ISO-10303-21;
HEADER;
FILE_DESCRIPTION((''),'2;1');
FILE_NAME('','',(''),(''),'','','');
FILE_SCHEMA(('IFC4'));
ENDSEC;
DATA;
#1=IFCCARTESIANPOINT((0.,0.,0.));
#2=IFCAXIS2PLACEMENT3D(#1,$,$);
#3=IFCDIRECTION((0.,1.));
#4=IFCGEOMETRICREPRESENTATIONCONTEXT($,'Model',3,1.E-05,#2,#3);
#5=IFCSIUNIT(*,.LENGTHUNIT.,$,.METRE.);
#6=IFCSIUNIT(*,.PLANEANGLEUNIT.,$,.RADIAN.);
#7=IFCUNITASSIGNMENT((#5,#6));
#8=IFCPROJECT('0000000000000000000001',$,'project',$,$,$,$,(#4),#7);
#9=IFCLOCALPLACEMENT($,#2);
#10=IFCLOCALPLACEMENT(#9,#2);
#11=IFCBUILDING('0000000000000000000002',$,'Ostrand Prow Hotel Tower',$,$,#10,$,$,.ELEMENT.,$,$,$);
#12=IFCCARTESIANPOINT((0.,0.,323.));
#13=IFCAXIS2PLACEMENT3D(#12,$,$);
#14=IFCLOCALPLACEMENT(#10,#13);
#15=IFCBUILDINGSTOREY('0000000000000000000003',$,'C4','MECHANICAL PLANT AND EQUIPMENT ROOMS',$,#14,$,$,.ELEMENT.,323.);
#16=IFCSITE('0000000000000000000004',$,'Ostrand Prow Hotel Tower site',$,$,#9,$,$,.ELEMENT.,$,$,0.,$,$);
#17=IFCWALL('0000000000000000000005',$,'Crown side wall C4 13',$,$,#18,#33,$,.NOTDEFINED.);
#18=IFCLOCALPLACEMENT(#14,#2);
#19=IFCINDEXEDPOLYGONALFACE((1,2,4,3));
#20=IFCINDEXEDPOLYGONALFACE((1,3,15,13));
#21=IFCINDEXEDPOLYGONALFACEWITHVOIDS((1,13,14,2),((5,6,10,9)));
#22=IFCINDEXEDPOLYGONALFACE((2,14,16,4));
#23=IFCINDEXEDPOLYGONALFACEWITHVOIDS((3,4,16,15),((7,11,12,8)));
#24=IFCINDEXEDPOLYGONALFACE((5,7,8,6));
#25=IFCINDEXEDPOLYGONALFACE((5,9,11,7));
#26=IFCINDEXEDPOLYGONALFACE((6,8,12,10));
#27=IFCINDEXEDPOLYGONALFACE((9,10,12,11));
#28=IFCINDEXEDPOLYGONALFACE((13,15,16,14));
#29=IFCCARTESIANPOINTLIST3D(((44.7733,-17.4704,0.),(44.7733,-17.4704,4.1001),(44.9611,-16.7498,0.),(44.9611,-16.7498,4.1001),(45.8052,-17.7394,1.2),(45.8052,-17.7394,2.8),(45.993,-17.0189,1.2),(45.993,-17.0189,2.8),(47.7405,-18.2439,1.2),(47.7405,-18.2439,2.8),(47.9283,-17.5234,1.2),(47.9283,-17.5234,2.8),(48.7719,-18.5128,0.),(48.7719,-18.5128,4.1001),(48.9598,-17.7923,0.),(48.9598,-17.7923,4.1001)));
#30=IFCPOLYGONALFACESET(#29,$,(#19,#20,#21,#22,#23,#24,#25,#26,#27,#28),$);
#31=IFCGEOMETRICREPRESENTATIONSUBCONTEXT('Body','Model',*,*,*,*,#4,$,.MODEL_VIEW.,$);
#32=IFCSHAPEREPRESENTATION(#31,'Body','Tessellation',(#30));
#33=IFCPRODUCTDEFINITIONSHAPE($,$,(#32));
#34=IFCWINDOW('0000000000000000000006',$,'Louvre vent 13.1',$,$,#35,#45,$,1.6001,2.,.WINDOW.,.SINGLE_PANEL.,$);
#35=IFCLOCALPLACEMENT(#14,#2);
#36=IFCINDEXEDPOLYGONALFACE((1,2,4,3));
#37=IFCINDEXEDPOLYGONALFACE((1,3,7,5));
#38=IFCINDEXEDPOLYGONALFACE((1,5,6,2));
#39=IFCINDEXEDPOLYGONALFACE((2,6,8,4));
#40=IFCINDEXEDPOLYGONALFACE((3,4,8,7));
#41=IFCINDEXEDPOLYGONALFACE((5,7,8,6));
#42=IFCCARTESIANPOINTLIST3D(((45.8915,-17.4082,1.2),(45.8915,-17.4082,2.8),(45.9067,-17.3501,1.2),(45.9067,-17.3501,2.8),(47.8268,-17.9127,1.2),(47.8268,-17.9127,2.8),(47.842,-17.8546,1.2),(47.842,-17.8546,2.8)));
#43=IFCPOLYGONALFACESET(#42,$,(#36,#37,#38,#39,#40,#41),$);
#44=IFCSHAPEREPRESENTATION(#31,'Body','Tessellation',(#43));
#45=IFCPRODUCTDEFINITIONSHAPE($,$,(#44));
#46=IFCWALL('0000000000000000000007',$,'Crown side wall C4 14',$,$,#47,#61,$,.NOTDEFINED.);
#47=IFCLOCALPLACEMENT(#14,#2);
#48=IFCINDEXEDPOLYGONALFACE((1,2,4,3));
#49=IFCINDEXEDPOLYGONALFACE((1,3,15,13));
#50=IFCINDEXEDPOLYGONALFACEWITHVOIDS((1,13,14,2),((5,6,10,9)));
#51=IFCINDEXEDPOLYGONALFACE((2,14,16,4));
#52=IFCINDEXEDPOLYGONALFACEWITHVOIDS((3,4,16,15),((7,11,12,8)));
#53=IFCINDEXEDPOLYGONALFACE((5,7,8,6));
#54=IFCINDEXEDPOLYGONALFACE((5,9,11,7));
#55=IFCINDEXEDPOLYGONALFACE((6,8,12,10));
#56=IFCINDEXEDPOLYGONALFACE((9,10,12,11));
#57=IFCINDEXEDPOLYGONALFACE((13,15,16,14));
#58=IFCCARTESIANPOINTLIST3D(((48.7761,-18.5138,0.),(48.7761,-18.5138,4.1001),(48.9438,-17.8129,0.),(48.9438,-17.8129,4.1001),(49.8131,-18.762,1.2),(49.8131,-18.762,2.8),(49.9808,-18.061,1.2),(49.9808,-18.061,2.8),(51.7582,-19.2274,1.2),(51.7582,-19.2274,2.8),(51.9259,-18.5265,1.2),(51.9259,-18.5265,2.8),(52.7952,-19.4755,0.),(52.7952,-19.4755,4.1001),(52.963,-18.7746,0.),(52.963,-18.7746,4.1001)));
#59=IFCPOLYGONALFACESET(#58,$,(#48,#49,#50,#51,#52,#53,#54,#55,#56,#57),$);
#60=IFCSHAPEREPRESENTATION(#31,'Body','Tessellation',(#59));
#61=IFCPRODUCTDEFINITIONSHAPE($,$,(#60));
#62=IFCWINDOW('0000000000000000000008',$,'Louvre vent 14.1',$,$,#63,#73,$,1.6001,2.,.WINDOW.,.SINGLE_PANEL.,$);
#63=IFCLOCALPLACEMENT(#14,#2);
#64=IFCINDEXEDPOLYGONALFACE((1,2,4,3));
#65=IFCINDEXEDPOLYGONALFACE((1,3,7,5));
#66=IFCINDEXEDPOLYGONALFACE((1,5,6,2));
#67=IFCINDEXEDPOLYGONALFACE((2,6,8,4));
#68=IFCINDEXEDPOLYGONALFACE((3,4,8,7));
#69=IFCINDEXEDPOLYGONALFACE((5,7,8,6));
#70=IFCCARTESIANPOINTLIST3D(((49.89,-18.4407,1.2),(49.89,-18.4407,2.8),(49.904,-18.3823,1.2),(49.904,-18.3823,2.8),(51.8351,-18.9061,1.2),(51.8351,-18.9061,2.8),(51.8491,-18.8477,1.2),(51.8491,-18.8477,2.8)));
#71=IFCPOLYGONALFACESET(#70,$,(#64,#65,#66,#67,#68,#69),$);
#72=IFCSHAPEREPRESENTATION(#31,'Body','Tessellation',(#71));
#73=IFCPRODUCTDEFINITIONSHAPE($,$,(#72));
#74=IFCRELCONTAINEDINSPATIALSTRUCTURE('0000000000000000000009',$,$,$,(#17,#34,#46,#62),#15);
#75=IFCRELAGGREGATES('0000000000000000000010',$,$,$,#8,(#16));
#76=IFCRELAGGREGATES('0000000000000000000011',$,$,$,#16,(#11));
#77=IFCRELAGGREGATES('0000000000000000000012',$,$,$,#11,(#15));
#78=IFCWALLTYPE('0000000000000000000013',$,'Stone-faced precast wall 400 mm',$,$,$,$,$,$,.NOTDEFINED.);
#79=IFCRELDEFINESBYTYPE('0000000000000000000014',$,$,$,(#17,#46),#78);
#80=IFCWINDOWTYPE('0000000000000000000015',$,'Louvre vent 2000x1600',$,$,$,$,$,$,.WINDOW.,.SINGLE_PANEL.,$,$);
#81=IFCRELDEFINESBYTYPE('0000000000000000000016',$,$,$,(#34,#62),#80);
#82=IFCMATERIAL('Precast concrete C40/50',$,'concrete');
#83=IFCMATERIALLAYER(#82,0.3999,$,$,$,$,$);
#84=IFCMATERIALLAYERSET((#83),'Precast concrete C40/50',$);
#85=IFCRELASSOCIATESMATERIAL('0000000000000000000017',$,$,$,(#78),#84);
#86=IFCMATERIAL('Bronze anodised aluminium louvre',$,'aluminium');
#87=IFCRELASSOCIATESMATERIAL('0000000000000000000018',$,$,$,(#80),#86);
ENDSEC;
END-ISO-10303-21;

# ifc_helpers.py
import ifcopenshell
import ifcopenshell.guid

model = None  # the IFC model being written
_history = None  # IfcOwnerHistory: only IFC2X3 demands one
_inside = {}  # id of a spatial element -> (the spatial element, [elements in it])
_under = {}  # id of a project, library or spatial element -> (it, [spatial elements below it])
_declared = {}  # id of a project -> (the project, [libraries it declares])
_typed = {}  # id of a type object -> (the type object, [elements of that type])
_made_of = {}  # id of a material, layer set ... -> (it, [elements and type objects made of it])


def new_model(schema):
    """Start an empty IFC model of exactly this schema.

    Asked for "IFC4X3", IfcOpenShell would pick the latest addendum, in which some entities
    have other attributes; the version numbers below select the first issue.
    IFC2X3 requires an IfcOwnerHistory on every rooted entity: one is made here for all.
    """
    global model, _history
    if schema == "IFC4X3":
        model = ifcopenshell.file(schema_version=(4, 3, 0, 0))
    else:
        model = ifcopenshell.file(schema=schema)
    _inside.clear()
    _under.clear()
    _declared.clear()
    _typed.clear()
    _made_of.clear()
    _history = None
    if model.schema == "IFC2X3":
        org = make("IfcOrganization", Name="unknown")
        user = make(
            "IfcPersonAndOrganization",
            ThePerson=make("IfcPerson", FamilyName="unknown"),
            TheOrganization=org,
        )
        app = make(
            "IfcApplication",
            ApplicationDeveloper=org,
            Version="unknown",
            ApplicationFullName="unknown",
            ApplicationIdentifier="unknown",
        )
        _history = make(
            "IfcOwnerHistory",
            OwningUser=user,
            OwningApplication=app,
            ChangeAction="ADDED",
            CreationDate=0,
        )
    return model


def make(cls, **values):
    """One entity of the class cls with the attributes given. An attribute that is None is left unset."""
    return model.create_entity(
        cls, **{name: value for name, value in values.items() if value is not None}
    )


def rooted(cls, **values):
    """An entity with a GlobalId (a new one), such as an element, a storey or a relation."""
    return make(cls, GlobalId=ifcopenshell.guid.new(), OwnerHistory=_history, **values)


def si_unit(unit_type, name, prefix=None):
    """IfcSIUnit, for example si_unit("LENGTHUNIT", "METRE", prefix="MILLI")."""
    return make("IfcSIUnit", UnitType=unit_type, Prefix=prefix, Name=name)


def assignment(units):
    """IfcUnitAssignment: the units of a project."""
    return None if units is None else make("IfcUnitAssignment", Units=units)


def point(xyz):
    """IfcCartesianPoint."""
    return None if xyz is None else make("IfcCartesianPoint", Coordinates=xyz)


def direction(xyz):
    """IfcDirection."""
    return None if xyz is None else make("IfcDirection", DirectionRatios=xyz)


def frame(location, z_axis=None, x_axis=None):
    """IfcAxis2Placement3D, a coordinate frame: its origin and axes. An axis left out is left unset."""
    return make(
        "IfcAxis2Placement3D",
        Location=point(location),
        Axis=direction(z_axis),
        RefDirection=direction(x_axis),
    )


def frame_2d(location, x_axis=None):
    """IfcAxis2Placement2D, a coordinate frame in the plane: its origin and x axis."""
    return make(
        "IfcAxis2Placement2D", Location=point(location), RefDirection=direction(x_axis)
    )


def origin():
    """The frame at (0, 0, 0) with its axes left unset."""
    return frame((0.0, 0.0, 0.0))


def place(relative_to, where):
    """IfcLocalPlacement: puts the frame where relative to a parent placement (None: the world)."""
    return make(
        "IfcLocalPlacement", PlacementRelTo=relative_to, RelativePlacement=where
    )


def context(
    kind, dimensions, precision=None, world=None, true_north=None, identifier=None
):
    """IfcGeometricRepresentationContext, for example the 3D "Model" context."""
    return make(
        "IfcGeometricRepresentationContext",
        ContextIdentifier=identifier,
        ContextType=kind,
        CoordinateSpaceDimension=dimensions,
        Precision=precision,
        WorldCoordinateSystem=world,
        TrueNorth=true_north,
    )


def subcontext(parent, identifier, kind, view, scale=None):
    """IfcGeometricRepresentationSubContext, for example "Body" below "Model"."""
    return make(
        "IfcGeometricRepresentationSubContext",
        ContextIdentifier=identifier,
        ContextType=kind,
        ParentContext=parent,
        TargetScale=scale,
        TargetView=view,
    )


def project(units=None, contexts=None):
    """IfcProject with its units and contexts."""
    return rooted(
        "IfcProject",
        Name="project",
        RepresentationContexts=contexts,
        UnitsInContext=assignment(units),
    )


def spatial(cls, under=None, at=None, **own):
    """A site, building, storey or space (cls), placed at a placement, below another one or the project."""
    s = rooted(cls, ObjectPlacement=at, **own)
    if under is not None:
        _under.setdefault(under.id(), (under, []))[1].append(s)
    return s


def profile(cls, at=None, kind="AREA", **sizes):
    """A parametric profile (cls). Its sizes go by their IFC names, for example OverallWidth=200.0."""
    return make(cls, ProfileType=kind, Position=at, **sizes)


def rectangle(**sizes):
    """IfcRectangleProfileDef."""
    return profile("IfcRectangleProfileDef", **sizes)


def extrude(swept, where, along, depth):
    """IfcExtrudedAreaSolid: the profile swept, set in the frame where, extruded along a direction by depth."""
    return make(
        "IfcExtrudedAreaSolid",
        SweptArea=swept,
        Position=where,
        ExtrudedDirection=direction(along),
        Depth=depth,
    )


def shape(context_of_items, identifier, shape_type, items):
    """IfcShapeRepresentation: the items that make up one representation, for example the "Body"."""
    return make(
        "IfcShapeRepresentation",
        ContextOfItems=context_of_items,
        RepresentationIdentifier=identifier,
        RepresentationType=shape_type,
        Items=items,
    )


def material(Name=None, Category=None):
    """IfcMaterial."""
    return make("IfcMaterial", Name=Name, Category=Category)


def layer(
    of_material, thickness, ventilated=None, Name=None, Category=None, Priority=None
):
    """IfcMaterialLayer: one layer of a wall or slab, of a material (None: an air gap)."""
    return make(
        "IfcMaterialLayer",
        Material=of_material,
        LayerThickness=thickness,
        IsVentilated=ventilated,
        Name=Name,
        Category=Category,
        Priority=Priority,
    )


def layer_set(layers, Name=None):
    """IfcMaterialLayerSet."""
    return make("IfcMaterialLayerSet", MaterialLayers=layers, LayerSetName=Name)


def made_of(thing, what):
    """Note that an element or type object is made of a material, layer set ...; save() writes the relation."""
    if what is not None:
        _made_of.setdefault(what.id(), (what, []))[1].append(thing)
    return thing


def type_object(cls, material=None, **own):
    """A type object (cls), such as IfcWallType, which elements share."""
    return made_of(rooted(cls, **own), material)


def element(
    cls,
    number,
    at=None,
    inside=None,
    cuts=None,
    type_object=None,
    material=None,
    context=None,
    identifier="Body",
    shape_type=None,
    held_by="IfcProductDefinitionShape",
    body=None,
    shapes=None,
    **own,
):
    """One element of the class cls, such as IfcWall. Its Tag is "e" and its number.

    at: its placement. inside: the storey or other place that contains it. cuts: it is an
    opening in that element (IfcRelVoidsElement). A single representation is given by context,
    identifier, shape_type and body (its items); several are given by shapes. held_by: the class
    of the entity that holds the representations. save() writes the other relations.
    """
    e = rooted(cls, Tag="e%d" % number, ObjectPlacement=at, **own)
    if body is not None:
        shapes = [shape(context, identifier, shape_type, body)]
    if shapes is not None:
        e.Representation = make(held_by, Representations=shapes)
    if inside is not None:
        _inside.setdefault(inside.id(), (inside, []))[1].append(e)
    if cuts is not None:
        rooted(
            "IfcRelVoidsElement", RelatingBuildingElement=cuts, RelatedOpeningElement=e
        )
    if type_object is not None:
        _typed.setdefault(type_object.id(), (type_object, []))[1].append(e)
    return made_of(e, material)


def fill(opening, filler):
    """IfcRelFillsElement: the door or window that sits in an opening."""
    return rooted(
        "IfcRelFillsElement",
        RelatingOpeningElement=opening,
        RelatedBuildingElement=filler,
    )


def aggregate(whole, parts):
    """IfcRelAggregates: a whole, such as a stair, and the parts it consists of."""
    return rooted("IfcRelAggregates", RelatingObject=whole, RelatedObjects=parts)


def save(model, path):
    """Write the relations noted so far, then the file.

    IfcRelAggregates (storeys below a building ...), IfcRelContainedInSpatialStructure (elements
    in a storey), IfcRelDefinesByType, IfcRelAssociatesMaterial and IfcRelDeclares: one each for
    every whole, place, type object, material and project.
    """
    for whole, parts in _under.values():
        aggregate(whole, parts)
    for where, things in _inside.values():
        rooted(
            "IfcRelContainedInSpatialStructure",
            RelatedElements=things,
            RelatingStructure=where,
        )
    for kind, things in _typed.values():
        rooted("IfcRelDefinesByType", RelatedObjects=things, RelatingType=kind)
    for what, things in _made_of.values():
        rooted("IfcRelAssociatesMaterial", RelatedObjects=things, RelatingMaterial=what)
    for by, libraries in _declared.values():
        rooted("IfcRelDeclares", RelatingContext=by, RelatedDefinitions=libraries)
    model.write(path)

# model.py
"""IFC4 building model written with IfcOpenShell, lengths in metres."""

from ifc_helpers import new_model, si_unit, direction, frame, frame_2d, origin, place, context, subcontext, project, spatial, rectangle, extrude, material, layer, layer_set, type_object, element, fill, save


model = new_model("IFC4")

# Units and contexts
model_context = context("Model", 3, precision=1e-05, world=origin(), true_north=direction((0.0, 1.0)))
body_context = subcontext(model_context, "Body", "Model", "MODEL_VIEW")
ifc_project = project(units=[si_unit("LENGTHUNIT", "METRE"), si_unit("PLANEANGLEUNIT", "RADIAN")], contexts=[model_context])

# Site, building, storey
site_placement = place(None, origin())
site = spatial("IfcSite", under=ifc_project, at=site_placement, Name="Ostrand Prow Hotel Tower site", CompositionType="ELEMENT", RefElevation=0.0)
building_placement = place(site_placement, origin())
building = spatial("IfcBuilding", under=site, at=building_placement, Name="Ostrand Prow Hotel Tower", CompositionType="ELEMENT")
storey_placement = place(building_placement, frame((0.0, 0.0, 323.0)))
storey = spatial("IfcBuildingStorey", under=building, at=storey_placement, Name="C4", Description="MECHANICAL PLANT AND EQUIPMENT ROOMS", CompositionType="ELEMENT", Elevation=323.0)

# Walls, openings, windows
ifc_material_1 = material(Name="Precast concrete C40/50", Category="concrete")
ifc_layer_1 = layer(ifc_material_1, 0.3999)
ifc_layer_set_1 = layer_set([ifc_layer_1], Name="Precast concrete C40/50")
wall_type_1 = type_object("IfcWallType", Name="Stone-faced precast wall 400 mm", PredefinedType="NOTDEFINED", material=ifc_layer_set_1)
ifc_material_2 = material(Name="Bronze anodised aluminium louvre", Category="aluminium")
window_type = type_object("IfcWindowType", Name="Louvre vent 2000x1600", PartitioningType="SINGLE_PANEL", PredefinedType="WINDOW", material=ifc_material_2)
wall_1_placement = place(storey_placement, frame((44.8672, -17.1101, 0.0), z_axis=(0.0, 0.0, 1.0), x_axis=(0.967657, -0.252268, 0.0)))
wall_1 = element("IfcWall", 1, at=wall_1_placement, inside=storey, type_object=wall_type_1, Name="Crown side wall C4 13", PredefinedType="NOTDEFINED", context=body_context, shape_type="SweptSolid", body=[
    extrude(rectangle(XDim=4.1323, YDim=0.7446, at=frame_2d((2.0662, 0.0))), origin(), (0.0, 0.0, 1.0), 4.1001),
])
opening_1_placement = place(wall_1_placement, frame((1.0664, 0.0, 1.2)))
opening_1 = element("IfcOpeningElement", 2, at=opening_1_placement, cuts=wall_1, PredefinedType="OPENING", context=body_context, shape_type="SweptSolid", body=[
    extrude(rectangle(XDim=2.0, YDim=1.6001, at=frame_2d((1.0, 0.8))), frame((0.0, 0.3823, 0.0), z_axis=(0.0, -1.0, 0.0), x_axis=(1.0, 0.0, 0.0)), (0.0, 0.0, 1.0), 0.7646),
])
window_1_placement = place(opening_1_placement, origin())
window_1 = element("IfcWindow", 3, at=window_1_placement, inside=storey, type_object=window_type, Name="Louvre vent 13.1", OverallHeight=1.6001, OverallWidth=2.0, PartitioningType="SINGLE_PANEL", PredefinedType="WINDOW", context=body_context, shape_type="SweptSolid", body=[
    extrude(rectangle(XDim=2.0, YDim=1.6001, at=frame_2d((1.0, 0.8))), frame((0.0, 0.03, 0.0), z_axis=(0.0, -1.0, 0.0), x_axis=(1.0, 0.0, 0.0)), (0.0, 0.0, 1.0), 0.0601),
])
fill(opening_1, window_1)
wall_2_placement = place(storey_placement, frame((48.8599, -18.1633, 0.0), z_axis=(0.0, 0.0, 1.0), x_axis=(0.972546, -0.232709, 0.0)))
wall_2 = element("IfcWall", 4, at=wall_2_placement, inside=storey, type_object=wall_type_1, Name="Crown side wall C4 14", PredefinedType="NOTDEFINED", context=body_context, shape_type="SweptSolid", body=[
    extrude(rectangle(XDim=4.1326, YDim=0.7207, at=frame_2d((2.0664, 0.0))), origin(), (0.0, 0.0, 1.0), 4.1001),
])
opening_2_placement = place(wall_2_placement, frame((1.0664, 0.0, 1.2)))
opening_2 = element("IfcOpeningElement", 5, at=opening_2_placement, cuts=wall_2, PredefinedType="OPENING", context=body_context, shape_type="SweptSolid", body=[
    extrude(rectangle(XDim=2.0, YDim=1.6001, at=frame_2d((1.0, 0.8))), frame((0.0, 0.3704, 0.0), z_axis=(0.0, -1.0, 0.0), x_axis=(1.0, 0.0, 0.0)), (0.0, 0.0, 1.0), 0.7407),
])
window_2_placement = place(opening_2_placement, origin())
window_2 = element("IfcWindow", 6, at=window_2_placement, inside=storey, type_object=window_type, Name="Louvre vent 14.1", OverallHeight=1.6001, OverallWidth=2.0, PartitioningType="SINGLE_PANEL", PredefinedType="WINDOW", context=body_context, shape_type="SweptSolid", body=[
    extrude(rectangle(XDim=2.0, YDim=1.6001, at=frame_2d((1.0, 0.8))), frame((0.0, 0.03, 0.0), z_axis=(0.0, -1.0, 0.0), x_axis=(1.0, 0.0, 0.0)), (0.0, 0.0, 1.0), 0.0601),
])
fill(opening_2, window_2)

save(model, "model.ifc")
